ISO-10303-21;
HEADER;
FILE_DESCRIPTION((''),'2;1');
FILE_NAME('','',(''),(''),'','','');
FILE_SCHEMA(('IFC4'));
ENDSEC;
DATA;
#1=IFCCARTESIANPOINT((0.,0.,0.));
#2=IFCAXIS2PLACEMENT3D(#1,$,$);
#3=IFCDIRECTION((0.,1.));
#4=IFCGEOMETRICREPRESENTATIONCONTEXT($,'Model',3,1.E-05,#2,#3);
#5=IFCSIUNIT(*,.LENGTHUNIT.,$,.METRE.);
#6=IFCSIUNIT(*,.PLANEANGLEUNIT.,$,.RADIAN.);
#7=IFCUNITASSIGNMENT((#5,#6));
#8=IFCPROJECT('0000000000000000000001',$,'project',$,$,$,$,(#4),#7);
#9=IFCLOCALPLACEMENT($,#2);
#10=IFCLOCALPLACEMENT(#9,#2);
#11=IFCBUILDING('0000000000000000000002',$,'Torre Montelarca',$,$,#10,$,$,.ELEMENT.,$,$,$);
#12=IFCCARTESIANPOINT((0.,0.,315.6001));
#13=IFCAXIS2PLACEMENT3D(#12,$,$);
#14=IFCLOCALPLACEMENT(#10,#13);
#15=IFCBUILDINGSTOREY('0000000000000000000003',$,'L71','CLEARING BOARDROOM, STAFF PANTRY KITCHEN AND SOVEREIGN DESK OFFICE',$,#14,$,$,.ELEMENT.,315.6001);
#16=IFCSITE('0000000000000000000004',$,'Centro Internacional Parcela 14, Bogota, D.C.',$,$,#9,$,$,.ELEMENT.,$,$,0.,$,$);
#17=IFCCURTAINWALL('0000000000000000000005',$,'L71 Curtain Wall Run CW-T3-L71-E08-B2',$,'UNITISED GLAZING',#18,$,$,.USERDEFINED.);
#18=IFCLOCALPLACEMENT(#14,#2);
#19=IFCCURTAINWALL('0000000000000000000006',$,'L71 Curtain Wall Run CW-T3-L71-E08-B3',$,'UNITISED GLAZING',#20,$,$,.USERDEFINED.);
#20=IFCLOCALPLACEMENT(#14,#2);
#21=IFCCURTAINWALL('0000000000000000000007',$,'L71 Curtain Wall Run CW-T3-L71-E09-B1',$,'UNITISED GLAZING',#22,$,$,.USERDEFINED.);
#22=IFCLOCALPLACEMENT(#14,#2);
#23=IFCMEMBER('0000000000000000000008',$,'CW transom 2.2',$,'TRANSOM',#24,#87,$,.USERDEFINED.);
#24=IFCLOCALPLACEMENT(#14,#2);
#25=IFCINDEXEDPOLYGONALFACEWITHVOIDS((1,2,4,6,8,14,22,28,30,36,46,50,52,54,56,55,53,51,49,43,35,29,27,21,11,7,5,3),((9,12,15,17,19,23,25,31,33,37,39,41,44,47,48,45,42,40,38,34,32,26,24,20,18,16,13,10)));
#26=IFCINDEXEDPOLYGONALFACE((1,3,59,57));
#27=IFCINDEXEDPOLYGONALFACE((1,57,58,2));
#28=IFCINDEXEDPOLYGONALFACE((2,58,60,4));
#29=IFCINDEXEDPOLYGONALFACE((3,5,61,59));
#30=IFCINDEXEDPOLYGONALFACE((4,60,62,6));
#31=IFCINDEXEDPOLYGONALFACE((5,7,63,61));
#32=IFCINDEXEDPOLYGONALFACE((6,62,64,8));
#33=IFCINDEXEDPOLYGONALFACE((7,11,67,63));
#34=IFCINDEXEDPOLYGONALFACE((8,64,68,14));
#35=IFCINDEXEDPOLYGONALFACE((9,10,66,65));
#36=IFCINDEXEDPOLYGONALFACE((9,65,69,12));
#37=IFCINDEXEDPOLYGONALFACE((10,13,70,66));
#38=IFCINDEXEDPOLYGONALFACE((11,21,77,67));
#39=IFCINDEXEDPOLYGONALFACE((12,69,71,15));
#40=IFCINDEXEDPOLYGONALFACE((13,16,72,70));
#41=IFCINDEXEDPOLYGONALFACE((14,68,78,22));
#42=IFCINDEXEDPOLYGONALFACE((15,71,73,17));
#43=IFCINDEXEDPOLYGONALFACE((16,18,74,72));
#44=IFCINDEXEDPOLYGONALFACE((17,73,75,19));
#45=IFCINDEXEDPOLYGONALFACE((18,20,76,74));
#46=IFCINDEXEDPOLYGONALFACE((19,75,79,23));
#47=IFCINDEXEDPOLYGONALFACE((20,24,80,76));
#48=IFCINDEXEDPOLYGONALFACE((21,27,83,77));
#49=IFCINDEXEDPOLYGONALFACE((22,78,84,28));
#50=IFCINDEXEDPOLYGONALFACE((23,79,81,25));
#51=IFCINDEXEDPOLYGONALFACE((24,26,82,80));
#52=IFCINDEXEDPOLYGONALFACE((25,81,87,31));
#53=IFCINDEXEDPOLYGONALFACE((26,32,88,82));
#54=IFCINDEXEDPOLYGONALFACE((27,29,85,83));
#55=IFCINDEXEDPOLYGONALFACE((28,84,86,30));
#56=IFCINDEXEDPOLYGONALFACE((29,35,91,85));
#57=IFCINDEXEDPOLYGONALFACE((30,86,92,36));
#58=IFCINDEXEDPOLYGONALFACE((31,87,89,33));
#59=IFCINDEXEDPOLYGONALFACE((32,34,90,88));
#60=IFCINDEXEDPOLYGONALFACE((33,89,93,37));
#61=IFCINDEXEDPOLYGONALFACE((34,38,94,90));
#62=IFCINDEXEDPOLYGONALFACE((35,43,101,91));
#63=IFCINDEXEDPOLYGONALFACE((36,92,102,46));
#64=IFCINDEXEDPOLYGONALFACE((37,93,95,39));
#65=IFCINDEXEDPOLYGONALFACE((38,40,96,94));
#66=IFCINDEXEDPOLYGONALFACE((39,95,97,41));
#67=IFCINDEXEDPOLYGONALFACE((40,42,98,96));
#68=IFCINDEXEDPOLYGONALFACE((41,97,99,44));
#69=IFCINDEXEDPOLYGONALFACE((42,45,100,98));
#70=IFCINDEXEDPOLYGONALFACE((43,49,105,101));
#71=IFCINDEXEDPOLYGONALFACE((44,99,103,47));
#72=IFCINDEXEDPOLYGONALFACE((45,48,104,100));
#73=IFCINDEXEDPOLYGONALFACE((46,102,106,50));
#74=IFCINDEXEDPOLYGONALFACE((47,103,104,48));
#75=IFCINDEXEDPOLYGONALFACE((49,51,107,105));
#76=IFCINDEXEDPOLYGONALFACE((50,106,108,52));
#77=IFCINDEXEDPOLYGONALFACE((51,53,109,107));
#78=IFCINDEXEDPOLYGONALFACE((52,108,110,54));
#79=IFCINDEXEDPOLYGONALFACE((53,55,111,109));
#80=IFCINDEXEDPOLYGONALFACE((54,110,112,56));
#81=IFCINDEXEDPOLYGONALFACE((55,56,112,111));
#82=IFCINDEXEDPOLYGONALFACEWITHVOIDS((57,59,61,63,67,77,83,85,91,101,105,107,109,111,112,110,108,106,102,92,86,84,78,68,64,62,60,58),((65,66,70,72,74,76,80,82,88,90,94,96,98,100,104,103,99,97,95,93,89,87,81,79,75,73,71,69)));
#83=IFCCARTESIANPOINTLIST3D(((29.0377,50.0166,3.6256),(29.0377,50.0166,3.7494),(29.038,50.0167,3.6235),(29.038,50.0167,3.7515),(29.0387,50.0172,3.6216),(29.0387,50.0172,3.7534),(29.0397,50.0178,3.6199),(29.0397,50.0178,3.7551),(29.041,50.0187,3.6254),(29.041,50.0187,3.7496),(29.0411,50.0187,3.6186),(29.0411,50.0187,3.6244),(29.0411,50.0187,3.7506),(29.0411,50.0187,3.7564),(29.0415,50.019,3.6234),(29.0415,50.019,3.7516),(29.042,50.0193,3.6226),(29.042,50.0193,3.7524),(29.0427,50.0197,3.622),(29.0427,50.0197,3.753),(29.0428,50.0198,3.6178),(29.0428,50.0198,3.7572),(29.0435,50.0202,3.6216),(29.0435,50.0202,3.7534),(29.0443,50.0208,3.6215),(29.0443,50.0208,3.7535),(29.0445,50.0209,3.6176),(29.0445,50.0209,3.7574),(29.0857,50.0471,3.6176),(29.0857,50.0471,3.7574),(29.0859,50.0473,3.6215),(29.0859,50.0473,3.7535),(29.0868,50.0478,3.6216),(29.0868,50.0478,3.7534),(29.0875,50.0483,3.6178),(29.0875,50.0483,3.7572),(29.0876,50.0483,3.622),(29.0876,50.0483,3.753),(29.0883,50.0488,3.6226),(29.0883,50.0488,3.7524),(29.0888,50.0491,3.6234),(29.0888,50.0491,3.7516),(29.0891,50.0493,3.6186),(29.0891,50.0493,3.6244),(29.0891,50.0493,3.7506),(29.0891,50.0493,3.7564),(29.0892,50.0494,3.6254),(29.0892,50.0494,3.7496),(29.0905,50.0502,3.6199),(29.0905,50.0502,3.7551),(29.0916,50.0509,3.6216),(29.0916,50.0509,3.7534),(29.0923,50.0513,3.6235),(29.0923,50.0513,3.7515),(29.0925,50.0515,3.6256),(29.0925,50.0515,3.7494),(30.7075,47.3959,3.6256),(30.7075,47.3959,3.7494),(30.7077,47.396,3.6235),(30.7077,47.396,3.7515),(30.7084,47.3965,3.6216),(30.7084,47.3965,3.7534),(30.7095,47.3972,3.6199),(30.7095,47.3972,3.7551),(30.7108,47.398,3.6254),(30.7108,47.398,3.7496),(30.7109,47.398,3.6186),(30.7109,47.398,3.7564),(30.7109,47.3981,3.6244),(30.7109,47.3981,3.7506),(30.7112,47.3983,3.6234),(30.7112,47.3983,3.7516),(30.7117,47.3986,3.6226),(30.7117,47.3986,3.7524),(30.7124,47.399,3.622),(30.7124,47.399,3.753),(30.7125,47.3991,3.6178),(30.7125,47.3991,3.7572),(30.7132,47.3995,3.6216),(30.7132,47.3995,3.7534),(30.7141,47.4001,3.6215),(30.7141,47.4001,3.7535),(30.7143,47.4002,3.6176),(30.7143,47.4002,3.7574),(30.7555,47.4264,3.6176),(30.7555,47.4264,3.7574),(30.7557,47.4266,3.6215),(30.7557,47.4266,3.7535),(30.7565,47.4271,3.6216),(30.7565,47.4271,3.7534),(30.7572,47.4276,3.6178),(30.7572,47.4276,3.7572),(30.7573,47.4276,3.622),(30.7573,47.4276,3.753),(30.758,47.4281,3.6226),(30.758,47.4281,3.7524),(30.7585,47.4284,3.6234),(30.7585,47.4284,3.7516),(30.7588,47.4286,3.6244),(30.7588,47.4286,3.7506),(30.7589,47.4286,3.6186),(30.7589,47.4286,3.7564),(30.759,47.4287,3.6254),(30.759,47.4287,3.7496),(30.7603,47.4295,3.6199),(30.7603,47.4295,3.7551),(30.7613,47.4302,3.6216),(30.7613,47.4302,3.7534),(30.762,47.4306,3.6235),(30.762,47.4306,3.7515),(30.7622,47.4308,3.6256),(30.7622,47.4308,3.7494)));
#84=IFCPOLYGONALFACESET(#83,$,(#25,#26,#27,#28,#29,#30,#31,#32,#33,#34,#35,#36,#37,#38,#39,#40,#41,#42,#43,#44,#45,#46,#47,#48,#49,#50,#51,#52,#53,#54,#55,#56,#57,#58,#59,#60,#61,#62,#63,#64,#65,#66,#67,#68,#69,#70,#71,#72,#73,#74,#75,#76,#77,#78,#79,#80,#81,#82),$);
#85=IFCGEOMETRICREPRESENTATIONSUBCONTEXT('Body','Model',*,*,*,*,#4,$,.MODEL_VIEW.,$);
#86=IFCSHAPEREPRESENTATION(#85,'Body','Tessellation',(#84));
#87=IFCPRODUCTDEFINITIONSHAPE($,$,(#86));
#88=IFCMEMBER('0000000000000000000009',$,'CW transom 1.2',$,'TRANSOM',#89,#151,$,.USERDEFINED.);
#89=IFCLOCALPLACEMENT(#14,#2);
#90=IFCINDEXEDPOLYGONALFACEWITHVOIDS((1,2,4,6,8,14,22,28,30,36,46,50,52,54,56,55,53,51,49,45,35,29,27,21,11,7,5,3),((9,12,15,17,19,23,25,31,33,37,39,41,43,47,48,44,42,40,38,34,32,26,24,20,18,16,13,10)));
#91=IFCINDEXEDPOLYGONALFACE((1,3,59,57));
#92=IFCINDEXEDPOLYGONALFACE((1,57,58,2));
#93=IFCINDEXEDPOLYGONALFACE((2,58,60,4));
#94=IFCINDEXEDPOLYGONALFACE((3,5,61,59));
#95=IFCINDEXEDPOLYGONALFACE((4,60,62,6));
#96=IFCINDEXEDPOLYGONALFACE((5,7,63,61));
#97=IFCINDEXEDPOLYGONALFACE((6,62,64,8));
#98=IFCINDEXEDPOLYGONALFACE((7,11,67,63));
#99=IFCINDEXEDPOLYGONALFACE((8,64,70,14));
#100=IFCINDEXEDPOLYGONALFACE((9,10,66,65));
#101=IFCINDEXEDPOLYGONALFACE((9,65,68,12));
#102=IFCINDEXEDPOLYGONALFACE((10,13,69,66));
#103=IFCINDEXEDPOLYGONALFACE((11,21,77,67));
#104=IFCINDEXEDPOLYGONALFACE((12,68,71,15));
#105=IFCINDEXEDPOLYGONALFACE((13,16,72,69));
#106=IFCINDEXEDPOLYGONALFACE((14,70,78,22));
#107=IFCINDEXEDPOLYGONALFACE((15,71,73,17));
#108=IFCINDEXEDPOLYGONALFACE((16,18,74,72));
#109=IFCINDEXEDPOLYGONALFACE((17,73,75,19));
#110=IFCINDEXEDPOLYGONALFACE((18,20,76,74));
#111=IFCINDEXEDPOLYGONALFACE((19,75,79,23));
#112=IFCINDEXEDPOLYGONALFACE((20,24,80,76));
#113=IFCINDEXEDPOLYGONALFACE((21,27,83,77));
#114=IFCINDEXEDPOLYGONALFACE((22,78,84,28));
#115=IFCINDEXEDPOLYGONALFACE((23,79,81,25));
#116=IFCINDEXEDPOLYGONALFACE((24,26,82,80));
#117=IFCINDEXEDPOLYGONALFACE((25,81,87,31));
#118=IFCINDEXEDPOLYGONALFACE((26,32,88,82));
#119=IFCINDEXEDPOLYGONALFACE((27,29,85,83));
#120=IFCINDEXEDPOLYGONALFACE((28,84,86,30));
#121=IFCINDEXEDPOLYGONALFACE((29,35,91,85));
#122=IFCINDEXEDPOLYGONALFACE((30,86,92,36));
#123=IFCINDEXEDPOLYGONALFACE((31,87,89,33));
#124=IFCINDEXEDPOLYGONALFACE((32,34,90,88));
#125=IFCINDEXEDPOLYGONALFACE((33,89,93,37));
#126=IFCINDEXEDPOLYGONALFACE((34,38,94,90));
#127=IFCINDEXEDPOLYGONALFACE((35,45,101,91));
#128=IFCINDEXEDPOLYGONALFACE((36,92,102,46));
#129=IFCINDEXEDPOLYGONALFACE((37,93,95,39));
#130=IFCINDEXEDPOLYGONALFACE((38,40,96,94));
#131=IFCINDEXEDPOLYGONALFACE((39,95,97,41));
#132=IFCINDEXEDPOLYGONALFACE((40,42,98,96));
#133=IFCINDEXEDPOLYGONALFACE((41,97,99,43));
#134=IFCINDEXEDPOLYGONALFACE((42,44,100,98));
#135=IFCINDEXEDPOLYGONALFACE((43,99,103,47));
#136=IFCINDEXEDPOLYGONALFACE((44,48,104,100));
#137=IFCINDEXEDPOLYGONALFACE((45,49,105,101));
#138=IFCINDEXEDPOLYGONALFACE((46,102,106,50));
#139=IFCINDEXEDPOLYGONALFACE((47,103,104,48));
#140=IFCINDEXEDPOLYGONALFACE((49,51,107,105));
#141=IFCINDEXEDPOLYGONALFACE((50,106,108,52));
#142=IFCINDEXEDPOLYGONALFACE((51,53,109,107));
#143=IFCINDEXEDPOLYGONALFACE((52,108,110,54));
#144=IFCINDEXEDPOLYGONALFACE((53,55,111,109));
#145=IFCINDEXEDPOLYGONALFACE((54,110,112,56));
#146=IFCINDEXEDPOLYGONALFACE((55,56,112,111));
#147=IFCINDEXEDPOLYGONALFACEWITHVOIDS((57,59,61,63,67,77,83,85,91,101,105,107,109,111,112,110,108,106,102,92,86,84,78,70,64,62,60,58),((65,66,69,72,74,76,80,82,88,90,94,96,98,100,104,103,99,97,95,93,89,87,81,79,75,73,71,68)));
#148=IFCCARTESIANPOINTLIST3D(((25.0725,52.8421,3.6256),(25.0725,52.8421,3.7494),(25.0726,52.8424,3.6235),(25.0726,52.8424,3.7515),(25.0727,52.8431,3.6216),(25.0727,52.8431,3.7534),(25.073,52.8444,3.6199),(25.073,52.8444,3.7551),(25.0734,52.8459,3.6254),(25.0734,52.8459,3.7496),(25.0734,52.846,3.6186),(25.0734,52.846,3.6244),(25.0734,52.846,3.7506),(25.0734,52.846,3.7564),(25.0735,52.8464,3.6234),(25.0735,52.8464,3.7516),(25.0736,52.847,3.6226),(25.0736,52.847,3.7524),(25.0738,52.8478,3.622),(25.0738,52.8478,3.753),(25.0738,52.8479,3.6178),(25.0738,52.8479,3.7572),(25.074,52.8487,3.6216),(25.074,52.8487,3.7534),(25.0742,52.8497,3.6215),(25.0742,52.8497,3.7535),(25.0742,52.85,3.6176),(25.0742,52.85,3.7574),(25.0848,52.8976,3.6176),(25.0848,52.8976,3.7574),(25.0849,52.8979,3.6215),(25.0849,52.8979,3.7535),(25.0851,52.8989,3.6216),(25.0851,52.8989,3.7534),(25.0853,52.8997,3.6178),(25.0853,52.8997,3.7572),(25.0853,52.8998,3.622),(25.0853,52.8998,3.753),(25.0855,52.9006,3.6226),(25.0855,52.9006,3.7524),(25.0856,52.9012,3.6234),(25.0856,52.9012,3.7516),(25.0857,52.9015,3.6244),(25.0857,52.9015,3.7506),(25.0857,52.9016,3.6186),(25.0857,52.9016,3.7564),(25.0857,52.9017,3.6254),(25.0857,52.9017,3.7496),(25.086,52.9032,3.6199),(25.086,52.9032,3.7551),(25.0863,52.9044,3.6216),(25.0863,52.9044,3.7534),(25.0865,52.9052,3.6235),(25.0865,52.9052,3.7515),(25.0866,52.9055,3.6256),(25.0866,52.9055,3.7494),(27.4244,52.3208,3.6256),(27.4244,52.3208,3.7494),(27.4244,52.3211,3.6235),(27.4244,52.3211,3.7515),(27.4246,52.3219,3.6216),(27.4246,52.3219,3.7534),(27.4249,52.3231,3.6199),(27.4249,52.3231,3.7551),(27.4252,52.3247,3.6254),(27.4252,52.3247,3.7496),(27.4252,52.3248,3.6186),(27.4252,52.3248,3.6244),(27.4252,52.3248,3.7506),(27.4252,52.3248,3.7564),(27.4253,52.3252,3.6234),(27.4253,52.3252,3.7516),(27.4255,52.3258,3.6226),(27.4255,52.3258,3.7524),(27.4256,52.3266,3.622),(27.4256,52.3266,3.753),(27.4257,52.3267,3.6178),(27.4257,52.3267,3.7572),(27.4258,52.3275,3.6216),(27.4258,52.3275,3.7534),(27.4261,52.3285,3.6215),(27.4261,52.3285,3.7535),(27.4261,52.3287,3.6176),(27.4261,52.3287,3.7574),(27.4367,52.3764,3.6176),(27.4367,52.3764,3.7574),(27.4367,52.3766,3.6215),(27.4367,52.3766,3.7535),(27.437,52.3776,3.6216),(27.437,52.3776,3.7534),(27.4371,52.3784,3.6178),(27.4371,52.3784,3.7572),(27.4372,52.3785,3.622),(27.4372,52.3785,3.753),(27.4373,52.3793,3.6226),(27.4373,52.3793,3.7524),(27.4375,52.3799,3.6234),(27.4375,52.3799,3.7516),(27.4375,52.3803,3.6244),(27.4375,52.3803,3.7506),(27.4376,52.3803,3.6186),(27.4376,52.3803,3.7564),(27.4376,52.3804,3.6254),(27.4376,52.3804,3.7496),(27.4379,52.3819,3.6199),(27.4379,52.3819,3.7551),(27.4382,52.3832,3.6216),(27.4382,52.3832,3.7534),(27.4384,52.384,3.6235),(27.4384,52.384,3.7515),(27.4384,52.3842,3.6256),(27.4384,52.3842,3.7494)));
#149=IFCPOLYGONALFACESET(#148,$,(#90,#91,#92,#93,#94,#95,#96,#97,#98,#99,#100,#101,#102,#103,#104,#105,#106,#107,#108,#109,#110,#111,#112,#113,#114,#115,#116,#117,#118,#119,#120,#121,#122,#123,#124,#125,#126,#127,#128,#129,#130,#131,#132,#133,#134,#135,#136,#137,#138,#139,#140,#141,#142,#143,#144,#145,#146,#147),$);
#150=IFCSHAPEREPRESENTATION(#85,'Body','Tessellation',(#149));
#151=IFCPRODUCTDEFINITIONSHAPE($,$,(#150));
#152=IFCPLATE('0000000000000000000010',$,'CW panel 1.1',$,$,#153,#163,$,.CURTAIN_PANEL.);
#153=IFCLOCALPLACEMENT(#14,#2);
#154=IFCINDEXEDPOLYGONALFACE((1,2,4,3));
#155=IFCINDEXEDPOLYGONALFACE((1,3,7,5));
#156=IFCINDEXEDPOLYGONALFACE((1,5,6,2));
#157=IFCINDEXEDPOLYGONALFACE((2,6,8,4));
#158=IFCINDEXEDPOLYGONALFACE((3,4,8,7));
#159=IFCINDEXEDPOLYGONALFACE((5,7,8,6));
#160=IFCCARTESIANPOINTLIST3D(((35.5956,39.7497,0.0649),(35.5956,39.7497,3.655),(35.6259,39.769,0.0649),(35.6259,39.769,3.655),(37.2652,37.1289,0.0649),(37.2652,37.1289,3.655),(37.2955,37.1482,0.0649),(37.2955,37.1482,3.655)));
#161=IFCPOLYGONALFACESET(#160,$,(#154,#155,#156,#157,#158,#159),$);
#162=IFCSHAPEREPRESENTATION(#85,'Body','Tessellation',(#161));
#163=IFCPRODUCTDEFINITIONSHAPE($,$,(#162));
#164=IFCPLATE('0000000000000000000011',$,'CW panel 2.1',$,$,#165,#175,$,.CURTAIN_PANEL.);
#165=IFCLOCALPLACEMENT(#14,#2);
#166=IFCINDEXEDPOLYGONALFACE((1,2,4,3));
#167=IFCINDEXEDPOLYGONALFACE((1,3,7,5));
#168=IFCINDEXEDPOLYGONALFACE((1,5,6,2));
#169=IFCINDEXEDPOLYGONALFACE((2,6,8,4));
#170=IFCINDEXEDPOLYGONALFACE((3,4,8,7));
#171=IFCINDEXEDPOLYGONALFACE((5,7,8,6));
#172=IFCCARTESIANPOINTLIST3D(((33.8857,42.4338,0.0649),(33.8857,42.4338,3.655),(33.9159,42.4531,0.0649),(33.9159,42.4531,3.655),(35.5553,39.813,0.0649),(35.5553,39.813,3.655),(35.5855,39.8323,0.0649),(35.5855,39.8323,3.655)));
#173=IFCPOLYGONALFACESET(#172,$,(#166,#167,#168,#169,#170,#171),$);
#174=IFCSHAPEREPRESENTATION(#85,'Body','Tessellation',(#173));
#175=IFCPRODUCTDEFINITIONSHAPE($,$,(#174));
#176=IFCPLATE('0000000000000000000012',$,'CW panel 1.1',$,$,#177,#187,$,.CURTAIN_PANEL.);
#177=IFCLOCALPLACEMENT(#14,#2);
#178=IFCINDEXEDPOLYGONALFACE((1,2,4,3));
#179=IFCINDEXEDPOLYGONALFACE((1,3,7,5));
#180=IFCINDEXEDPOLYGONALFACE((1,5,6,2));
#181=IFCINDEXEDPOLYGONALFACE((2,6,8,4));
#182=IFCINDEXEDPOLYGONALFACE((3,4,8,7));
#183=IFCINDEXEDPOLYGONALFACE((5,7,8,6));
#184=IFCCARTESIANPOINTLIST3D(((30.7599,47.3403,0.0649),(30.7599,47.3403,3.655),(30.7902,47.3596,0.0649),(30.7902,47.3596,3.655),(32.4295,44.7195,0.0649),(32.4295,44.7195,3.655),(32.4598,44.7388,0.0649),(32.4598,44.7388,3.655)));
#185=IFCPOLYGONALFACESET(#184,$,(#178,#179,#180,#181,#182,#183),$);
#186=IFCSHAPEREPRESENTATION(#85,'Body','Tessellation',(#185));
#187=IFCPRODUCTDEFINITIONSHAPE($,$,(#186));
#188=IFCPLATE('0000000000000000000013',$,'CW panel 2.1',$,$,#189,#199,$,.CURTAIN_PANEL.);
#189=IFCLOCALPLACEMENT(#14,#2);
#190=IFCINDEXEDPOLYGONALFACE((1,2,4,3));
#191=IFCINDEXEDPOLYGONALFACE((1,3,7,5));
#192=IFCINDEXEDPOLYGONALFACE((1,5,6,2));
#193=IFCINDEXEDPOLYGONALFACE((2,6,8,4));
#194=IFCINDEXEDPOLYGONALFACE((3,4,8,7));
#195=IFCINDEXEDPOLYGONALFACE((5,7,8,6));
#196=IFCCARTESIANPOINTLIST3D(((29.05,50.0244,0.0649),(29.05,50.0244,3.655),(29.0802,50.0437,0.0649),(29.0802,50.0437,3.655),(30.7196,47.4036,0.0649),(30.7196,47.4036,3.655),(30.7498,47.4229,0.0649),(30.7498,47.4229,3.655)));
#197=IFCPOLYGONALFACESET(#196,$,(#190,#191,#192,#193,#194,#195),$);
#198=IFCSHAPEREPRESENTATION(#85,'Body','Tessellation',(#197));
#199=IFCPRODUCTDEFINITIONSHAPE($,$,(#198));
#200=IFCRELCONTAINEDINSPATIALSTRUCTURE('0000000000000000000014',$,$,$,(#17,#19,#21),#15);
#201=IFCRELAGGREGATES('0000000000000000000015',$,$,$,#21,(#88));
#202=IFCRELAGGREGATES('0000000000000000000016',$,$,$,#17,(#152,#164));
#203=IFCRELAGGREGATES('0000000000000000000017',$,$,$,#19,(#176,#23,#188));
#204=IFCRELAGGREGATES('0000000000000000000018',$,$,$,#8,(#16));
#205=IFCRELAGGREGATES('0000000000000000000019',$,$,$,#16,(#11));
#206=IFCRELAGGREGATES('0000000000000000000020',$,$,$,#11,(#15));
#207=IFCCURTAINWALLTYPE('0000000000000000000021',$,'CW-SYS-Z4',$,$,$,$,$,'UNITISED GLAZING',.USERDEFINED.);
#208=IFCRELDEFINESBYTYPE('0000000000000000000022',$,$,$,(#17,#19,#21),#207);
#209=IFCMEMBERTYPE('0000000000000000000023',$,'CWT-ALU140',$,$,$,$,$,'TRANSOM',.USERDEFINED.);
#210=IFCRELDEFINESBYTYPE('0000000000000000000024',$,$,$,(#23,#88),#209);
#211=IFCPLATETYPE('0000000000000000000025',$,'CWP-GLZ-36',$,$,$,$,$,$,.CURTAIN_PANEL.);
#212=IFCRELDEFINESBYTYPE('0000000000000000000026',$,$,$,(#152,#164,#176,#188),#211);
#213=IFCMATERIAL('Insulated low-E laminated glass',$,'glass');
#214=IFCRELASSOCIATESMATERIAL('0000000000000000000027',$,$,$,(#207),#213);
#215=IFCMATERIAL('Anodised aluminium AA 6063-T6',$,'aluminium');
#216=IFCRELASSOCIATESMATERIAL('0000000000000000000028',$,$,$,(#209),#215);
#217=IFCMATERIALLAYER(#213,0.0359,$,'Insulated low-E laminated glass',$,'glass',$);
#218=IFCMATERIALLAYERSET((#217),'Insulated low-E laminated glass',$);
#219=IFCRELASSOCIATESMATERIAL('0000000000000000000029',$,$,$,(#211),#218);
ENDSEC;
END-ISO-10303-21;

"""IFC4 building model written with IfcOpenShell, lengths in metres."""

from ifc_helpers import new_model, si_unit, direction, frame, origin, origin_2d, place, context, subcontext, project, spatial, rectangle, hollow_rectangle, extrude, source, transform, mapped, material, layer, layer_set, material_profile, profile_set, type_object, element, aggregate, save


model = new_model("IFC4")

# Units and contexts
model_context = context("Model", 3, precision=1e-05, world=origin(), true_north=direction((0.0, 1.0)))
body_context = subcontext(model_context, "Body", "Model", "MODEL_VIEW")
ifc_project = project(units=[si_unit("LENGTHUNIT", "METRE"), si_unit("PLANEANGLEUNIT", "RADIAN")], contexts=[model_context])

# Site, building, storey
site_placement = place(None, origin())
site = spatial("IfcSite", under=ifc_project, at=site_placement, Name="Centro Internacional Parcela 14, Bogota, D.C.", CompositionType="ELEMENT", RefElevation=0.0)
building_placement = place(site_placement, origin())
building = spatial("IfcBuilding", under=site, at=building_placement, Name="Torre Montelarca", CompositionType="ELEMENT")
storey_placement = place(building_placement, frame((0.0, 0.0, 315.6001)))
storey = spatial("IfcBuildingStorey", under=building, at=storey_placement, Name="L71", Description="CLEARING BOARDROOM, STAFF PANTRY KITCHEN AND SOVEREIGN DESK OFFICE", CompositionType="ELEMENT", Elevation=315.6001)

# Shared definitions
ifc_material_1 = material(Name="Insulated low-E laminated glass", Category="glass")
curtain_wall_type = type_object("IfcCurtainWallType", Name="CW-SYS-Z4", ElementType="UNITISED GLAZING", PredefinedType="USERDEFINED", material=ifc_material_1)
ifc_material_2 = material(Name="Anodised aluminium AA 6063-T6", Category="aluminium")

# Curtain walls
curtain_wall_1_placement = place(storey_placement, origin())
curtain_wall_1 = element("IfcCurtainWall", 1, at=curtain_wall_1_placement, inside=storey, type_object=curtain_wall_type, Name="L71 Curtain Wall Run CW-T3-L71-E08-B2", ObjectType="UNITISED GLAZING", PredefinedType="USERDEFINED")
curtain_wall_2_placement = place(storey_placement, origin())
curtain_wall_2 = element("IfcCurtainWall", 2, at=curtain_wall_2_placement, inside=storey, type_object=curtain_wall_type, Name="L71 Curtain Wall Run CW-T3-L71-E08-B3", ObjectType="UNITISED GLAZING", PredefinedType="USERDEFINED")

# Curtain wall
curtain_wall_3_placement = place(storey_placement, origin())
curtain_wall_3 = element("IfcCurtainWall", 3, at=curtain_wall_3_placement, inside=storey, type_object=curtain_wall_type, Name="L71 Curtain Wall Run CW-T3-L71-E09-B1", ObjectType="UNITISED GLAZING", PredefinedType="USERDEFINED")

# Members
ifc_material_profile_1 = material_profile(ifc_material_2, hollow_rectangle(XDim=0.0649, YDim=0.1399, WallThickness=0.0039, InnerFilletRadius=0.0039, OuterFilletRadius=0.0081, at=origin_2d()), Name="ALU65X140X4", Category="aluminium")
ifc_profile_set_1 = profile_set([ifc_material_profile_1], Name="Anodised aluminium AA 6063-T6")
member_type_1 = type_object("IfcMemberType", Name="CWT-ALU140", ElementType="TRANSOM", PredefinedType="USERDEFINED", material=ifc_profile_set_1)
shared_shape_1 = source(origin(), body_context, "Body", "SweptSolid", [
    extrude(hollow_rectangle(XDim=0.0649, YDim=0.1399, WallThickness=0.0039, InnerFilletRadius=0.0039, OuterFilletRadius=0.0081, at=origin_2d()), origin(), (0.0, 0.0, 1.0), 3.1074),
])
member_1_placement = place(storey_placement, frame((30.7349, 47.4133, 3.6875), z_axis=(-0.537338, 0.843367, 0.0), x_axis=(-0.843367, -0.537338, 0.0)))
member_1 = element("IfcMember", 4, at=member_1_placement, type_object=member_type_1, Name="CW transom 2.2", ObjectType="TRANSOM", PredefinedType="USERDEFINED", context=body_context, shape_type="MappedRepresentation", body=[
    mapped(shared_shape_1, transform((0.0, 0.0, 0.0), scale=1.0)),
])
shared_shape_2 = source(origin(), body_context, "Body", "SweptSolid", [
    extrude(hollow_rectangle(XDim=0.0649, YDim=0.1399, WallThickness=0.0039, InnerFilletRadius=0.0039, OuterFilletRadius=0.0081, at=origin_2d()), origin(), (0.0, 0.0, 1.0), 2.4089),
])
member_2_placement = place(storey_placement, frame((27.4314, 52.3525, 3.6875), z_axis=(-0.976309, 0.216383, 0.0), x_axis=(-0.216383, -0.976309, 0.0)))
member_2 = element("IfcMember", 5, at=member_2_placement, type_object=member_type_1, Name="CW transom 1.2", ObjectType="TRANSOM", PredefinedType="USERDEFINED", context=body_context, shape_type="MappedRepresentation", body=[
    mapped(shared_shape_2, transform((0.0, 0.0, 0.0), scale=1.0)),
])
aggregate(curtain_wall_3, [member_2])

# Plates
ifc_layer_1 = layer(ifc_material_1, 0.0359, Name="Insulated low-E laminated glass", Category="glass")
ifc_layer_set_1 = layer_set([ifc_layer_1], Name="Insulated low-E laminated glass")
plate_type = type_object("IfcPlateType", Name="CWP-GLZ-36", PredefinedType="CURTAIN_PANEL", material=ifc_layer_set_1)
shared_shape_3 = source(origin(), body_context, "Body", "SweptSolid", [
    extrude(rectangle(XDim=3.1074, YDim=0.0359, at=origin_2d()), origin(), (0.0, 0.0, 1.0), 3.5901),
])
plate_1_placement = place(storey_placement, frame((36.4456, 38.449, 0.0649), z_axis=(0.0, 0.0, 1.0), x_axis=(-0.537294, 0.843395, 0.0)))
plate_1 = element("IfcPlate", 6, at=plate_1_placement, type_object=plate_type, Name="CW panel 1.1", PredefinedType="CURTAIN_PANEL", context=body_context, shape_type="MappedRepresentation", body=[
    mapped(shared_shape_3, transform((0.0, 0.0, 0.0), scale=1.0)),
])
plate_2_placement = place(storey_placement, frame((34.7356, 41.1331, 0.0649), z_axis=(0.0, 0.0, 1.0), x_axis=(-0.537294, 0.843395, 0.0)))
plate_2 = element("IfcPlate", 7, at=plate_2_placement, type_object=plate_type, Name="CW panel 2.1", PredefinedType="CURTAIN_PANEL", context=body_context, shape_type="MappedRepresentation", body=[
    mapped(shared_shape_3, transform((0.0, 0.0, 0.0), scale=1.0)),
])
aggregate(curtain_wall_1, [plate_1, plate_2])
plate_3_placement = place(storey_placement, frame((31.6099, 46.0396, 0.0649), z_axis=(0.0, 0.0, 1.0), x_axis=(-0.537301, 0.84339, 0.0)))
plate_3 = element("IfcPlate", 8, at=plate_3_placement, type_object=plate_type, Name="CW panel 1.1", PredefinedType="CURTAIN_PANEL", context=body_context, shape_type="MappedRepresentation", body=[
    mapped(shared_shape_3, transform((0.0, 0.0, 0.0), scale=1.0)),
])
plate_4_placement = place(storey_placement, frame((29.8999, 48.7236, 0.0649), z_axis=(0.0, 0.0, 1.0), x_axis=(-0.537301, 0.84339, 0.0)))
plate_4 = element("IfcPlate", 9, at=plate_4_placement, type_object=plate_type, Name="CW panel 2.1", PredefinedType="CURTAIN_PANEL", context=body_context, shape_type="MappedRepresentation", body=[
    mapped(shared_shape_3, transform((0.0, 0.0, 0.0), scale=1.0)),
])
aggregate(curtain_wall_2, [plate_3, member_1, plate_4])

save(model, "model.ifc")
